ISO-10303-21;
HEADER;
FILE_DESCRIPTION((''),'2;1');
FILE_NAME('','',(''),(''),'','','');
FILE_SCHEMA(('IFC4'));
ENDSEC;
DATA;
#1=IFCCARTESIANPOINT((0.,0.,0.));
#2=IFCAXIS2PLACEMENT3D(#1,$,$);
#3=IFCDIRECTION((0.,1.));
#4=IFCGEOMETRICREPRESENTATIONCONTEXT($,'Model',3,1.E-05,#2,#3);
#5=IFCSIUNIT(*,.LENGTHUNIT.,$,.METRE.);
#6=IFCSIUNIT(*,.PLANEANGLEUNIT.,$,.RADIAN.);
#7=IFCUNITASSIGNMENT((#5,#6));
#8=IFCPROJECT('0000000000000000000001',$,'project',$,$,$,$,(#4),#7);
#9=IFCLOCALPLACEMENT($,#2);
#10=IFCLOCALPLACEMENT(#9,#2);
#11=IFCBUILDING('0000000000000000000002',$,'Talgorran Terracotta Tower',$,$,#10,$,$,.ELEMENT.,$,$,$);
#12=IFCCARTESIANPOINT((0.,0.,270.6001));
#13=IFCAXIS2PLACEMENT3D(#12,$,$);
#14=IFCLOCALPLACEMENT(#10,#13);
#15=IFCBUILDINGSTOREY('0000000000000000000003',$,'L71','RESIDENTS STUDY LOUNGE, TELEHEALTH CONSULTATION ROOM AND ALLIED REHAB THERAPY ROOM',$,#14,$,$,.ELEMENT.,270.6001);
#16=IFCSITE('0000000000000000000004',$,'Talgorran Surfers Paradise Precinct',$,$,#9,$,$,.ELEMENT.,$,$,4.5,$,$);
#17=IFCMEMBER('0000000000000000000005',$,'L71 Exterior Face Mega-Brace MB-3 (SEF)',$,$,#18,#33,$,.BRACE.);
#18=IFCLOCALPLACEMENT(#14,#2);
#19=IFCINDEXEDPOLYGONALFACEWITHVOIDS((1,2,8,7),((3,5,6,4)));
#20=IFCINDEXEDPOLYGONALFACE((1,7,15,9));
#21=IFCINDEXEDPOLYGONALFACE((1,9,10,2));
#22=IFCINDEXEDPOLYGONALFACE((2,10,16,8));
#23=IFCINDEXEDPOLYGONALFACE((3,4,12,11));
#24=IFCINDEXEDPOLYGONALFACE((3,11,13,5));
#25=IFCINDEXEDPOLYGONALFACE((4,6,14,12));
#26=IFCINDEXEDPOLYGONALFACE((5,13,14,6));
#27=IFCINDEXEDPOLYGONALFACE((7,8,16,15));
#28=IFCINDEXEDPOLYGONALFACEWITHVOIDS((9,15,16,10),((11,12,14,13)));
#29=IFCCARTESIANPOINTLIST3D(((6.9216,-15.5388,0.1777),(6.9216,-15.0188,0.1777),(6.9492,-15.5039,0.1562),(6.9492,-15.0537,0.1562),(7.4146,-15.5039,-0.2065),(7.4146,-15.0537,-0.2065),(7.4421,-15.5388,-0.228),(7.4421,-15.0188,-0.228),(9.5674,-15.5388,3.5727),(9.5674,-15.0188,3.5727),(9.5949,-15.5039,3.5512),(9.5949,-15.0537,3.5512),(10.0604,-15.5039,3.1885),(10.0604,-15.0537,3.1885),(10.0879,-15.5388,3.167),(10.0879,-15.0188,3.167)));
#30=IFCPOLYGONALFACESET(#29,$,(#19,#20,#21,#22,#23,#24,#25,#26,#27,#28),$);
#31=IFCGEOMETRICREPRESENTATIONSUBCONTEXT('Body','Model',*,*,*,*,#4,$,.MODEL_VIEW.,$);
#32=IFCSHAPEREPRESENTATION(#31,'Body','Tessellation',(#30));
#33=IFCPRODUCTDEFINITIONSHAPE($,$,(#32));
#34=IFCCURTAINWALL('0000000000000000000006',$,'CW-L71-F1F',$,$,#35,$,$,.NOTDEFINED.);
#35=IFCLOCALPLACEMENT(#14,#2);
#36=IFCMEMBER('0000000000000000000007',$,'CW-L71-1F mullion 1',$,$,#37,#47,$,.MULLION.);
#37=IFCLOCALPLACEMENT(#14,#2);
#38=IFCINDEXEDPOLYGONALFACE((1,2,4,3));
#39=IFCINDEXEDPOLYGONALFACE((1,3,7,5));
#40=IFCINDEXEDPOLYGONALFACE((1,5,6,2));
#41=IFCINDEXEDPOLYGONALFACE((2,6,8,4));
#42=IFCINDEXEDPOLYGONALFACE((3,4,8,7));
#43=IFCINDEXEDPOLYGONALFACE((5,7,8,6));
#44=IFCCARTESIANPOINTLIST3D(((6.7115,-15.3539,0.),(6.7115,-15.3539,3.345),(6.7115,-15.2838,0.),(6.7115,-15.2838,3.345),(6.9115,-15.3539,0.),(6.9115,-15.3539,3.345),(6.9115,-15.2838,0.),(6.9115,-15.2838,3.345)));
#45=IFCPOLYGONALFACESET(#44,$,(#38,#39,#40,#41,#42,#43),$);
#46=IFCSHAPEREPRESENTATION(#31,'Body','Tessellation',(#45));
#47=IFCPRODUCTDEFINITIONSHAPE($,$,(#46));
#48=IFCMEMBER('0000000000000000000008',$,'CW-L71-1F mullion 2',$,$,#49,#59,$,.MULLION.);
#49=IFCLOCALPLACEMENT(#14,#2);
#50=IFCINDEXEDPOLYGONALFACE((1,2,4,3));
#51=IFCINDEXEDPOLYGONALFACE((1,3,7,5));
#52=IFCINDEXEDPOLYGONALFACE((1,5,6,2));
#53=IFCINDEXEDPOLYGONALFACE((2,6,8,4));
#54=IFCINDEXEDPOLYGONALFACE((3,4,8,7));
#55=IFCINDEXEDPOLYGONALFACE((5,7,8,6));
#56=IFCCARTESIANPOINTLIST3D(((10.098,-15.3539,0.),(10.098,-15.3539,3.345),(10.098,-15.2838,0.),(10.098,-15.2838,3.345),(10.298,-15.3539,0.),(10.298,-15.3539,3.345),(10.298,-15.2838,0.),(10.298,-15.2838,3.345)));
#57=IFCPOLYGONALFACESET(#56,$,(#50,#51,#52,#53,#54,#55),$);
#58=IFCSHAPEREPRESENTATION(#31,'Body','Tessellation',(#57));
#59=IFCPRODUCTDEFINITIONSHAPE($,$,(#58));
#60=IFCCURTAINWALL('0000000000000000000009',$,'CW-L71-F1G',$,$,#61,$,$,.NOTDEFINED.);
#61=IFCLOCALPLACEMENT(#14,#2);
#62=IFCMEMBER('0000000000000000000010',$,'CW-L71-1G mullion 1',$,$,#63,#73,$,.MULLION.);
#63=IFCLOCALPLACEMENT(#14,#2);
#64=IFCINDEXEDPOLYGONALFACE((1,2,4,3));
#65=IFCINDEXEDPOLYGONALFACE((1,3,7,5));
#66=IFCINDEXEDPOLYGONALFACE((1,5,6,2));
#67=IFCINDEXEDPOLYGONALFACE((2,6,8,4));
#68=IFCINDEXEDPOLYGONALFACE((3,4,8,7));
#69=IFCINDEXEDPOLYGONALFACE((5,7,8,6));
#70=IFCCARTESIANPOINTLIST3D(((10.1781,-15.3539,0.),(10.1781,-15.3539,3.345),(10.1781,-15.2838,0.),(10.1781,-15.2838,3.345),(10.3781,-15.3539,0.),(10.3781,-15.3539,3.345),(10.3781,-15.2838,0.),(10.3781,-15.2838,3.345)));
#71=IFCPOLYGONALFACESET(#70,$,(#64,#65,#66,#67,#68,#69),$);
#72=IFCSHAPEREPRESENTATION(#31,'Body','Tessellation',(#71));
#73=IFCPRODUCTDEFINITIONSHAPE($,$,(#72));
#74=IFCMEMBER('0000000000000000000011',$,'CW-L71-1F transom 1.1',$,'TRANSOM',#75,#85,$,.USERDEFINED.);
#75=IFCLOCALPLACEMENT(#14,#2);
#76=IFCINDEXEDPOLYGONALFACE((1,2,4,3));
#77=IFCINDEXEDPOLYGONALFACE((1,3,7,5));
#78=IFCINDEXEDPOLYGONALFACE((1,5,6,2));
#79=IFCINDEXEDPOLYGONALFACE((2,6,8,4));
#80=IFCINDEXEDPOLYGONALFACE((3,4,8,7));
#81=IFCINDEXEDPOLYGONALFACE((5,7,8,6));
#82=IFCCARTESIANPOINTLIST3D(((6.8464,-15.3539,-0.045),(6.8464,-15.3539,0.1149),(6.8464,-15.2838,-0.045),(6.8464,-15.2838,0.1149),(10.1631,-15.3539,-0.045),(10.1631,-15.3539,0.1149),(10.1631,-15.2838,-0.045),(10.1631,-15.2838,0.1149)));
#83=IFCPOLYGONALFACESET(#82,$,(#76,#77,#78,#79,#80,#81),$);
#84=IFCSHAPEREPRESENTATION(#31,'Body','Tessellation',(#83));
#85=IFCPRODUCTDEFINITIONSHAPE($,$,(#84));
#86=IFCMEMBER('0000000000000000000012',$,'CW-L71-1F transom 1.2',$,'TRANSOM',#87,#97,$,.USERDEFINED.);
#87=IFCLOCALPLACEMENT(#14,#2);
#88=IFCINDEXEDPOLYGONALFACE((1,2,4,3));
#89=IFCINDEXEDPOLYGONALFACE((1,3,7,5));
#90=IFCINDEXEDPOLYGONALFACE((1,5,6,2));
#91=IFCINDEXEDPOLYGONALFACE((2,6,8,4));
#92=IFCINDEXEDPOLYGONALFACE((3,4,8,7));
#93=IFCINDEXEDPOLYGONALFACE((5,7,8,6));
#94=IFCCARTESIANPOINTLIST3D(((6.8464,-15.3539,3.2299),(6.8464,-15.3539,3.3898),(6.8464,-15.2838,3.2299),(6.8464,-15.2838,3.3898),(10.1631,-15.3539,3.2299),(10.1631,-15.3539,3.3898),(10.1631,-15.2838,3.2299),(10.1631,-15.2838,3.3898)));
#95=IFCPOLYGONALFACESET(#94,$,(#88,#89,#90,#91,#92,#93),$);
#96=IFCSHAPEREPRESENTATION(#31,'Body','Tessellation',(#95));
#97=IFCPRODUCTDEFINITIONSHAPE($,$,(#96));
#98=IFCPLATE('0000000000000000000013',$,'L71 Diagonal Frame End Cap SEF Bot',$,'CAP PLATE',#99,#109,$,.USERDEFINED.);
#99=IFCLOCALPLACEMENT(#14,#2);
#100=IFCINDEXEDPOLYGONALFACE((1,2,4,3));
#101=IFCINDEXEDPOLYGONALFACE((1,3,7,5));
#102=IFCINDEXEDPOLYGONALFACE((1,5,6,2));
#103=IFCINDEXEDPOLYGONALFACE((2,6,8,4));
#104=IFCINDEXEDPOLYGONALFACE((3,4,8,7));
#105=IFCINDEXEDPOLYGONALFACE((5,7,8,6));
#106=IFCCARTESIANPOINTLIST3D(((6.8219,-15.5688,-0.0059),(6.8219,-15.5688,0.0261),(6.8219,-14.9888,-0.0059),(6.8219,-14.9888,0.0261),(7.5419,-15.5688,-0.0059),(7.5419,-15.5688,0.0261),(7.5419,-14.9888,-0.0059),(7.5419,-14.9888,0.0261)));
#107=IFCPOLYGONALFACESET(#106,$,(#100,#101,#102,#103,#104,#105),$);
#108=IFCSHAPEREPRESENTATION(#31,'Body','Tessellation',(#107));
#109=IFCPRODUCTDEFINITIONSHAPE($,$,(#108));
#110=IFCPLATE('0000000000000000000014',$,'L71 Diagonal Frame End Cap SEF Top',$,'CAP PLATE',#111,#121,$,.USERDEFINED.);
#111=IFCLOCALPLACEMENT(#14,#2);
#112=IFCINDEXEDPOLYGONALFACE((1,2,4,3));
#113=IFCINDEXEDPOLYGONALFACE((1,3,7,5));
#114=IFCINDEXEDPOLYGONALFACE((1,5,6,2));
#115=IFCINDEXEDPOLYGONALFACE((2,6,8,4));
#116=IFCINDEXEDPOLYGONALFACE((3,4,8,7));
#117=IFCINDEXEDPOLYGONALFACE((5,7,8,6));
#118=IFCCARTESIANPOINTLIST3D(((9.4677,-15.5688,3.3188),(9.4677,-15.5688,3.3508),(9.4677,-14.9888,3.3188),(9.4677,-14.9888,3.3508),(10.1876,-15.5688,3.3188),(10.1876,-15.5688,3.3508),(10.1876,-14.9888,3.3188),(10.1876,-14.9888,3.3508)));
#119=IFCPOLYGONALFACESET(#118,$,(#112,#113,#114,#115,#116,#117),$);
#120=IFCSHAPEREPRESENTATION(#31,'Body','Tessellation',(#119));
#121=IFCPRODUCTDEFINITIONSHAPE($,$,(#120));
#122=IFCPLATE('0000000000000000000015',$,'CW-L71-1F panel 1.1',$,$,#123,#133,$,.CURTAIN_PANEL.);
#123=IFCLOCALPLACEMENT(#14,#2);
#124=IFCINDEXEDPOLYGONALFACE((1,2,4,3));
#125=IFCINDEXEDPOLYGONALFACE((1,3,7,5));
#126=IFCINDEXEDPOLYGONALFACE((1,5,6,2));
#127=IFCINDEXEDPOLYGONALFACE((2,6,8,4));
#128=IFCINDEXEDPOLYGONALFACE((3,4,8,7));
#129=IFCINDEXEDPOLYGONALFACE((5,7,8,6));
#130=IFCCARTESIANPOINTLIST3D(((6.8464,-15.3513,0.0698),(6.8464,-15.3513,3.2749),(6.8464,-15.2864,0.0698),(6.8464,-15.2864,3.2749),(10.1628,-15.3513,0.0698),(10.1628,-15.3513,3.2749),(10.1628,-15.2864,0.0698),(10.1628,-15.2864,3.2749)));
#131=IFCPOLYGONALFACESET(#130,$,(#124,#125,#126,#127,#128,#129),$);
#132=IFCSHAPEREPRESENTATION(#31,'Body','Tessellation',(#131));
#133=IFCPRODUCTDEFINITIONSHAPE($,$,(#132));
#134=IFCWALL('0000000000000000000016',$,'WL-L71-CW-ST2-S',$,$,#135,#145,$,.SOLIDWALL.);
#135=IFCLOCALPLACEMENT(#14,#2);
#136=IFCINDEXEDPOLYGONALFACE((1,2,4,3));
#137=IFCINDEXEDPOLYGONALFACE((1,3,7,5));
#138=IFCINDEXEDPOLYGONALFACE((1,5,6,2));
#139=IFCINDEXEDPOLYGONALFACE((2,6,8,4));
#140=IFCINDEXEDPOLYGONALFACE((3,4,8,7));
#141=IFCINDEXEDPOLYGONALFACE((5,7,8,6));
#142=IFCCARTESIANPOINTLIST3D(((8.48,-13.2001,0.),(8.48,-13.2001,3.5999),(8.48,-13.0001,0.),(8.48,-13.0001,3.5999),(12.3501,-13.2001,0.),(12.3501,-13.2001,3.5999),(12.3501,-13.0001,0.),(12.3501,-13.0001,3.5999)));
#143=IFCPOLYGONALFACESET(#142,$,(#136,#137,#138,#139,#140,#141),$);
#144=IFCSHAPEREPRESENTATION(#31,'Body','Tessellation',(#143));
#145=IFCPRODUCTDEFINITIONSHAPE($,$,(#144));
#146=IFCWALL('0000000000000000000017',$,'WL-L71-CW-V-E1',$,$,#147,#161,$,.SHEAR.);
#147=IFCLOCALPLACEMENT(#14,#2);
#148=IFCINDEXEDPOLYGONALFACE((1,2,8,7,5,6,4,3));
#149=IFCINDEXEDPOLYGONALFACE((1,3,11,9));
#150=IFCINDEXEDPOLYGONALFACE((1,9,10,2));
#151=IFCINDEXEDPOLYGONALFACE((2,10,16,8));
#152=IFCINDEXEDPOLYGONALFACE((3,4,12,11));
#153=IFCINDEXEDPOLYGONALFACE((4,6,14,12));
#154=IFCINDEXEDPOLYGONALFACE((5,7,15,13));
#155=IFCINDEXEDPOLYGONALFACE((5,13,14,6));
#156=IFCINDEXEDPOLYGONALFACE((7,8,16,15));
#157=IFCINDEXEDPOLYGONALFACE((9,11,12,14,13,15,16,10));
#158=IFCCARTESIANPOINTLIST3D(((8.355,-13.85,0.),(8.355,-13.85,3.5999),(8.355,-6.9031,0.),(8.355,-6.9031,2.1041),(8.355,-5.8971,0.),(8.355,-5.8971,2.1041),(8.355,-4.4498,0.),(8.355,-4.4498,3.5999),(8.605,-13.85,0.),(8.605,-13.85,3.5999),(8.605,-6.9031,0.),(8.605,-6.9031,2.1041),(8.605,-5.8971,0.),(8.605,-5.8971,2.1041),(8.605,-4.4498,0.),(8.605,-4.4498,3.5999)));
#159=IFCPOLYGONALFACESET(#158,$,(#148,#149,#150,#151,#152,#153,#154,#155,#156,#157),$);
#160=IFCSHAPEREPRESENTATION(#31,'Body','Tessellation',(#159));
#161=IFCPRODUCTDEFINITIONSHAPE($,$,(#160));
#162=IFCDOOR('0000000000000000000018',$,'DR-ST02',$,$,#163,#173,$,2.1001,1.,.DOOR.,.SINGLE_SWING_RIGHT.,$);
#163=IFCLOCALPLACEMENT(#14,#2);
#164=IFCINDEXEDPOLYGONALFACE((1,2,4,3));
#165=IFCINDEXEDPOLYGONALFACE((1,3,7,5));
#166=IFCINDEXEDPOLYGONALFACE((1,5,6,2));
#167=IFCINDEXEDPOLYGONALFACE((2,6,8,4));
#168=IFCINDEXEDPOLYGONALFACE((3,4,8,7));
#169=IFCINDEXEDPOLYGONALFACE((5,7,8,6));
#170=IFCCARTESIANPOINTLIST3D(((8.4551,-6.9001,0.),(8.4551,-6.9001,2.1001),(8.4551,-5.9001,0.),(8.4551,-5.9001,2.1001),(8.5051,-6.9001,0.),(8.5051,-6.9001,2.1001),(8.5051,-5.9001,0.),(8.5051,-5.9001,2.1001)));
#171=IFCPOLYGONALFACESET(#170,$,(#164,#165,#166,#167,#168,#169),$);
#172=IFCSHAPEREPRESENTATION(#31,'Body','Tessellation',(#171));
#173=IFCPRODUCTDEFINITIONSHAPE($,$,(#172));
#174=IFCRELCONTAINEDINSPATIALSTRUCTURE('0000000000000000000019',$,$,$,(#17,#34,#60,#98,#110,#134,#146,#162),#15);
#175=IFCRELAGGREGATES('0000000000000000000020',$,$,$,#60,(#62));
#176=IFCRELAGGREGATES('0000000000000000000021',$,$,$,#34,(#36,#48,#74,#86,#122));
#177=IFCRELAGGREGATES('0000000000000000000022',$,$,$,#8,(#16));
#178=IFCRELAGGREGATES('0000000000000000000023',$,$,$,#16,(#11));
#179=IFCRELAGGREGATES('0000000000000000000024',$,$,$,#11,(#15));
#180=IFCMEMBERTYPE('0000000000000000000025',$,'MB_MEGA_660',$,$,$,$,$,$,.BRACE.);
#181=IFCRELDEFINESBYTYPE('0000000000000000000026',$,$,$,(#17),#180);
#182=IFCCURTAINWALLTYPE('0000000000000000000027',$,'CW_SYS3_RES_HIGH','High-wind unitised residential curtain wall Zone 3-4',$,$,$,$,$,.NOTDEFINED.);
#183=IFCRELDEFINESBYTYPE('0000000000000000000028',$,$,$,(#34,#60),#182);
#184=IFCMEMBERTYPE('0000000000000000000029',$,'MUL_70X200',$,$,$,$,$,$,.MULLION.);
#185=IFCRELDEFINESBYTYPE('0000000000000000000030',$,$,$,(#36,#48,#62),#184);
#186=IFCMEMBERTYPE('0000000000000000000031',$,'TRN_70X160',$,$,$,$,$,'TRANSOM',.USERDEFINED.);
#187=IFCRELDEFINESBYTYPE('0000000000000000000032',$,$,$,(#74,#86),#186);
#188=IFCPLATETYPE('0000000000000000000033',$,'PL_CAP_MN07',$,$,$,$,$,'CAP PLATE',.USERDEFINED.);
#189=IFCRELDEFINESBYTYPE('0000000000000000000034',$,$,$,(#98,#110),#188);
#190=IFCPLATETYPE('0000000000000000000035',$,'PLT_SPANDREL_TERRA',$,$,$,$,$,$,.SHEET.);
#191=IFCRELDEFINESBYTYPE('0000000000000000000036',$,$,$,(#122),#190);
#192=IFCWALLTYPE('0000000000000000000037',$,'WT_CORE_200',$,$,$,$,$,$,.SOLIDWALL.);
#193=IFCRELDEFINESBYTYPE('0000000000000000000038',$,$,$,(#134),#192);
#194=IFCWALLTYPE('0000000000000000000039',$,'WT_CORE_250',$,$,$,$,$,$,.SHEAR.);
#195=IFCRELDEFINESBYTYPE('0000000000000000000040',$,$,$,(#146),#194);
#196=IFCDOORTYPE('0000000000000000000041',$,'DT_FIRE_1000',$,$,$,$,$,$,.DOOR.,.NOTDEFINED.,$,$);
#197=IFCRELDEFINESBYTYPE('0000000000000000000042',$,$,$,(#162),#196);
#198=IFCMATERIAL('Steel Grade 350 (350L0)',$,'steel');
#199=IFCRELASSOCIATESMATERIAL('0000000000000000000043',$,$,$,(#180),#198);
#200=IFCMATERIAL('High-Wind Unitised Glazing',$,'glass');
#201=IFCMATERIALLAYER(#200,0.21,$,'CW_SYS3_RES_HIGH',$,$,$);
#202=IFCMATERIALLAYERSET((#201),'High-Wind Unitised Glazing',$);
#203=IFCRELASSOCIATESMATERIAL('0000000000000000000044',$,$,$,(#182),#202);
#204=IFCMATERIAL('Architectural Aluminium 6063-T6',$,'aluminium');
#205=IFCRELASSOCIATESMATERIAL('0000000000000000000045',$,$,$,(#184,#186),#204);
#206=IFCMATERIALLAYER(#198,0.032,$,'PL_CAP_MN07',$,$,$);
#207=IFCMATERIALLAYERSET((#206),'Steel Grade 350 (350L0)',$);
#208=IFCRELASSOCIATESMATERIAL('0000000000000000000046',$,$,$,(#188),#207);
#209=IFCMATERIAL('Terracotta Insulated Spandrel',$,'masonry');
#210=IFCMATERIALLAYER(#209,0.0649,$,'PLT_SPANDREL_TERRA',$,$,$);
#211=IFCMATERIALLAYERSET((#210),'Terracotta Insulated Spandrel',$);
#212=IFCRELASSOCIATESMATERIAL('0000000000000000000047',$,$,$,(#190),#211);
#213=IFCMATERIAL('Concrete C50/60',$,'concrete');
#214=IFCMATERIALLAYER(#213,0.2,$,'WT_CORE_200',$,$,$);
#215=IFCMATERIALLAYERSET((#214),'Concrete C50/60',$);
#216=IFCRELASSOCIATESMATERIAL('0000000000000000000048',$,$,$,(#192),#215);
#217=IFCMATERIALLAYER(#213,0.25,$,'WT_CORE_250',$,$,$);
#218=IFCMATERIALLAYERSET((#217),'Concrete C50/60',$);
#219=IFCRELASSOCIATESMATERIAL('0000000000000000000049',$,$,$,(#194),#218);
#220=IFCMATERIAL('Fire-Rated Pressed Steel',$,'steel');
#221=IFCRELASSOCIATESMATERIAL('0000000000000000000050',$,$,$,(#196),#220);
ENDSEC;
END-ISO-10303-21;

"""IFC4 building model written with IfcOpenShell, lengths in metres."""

from ifc_helpers import new_model, si_unit, direction, frame, frame_2d, origin, origin_2d, place, context, subcontext, project, spatial, rectangle, hollow_rectangle, extrude, source, transform, mapped, material, layer, layer_set, material_profile, profile_set, type_object, type_shapes, element, fill, aggregate, save


model = new_model("IFC4")

# Units and contexts
model_context = context("Model", 3, precision=1e-05, world=origin(), true_north=direction((0.0, 1.0)))
body_context = subcontext(model_context, "Body", "Model", "MODEL_VIEW")
ifc_project = project(units=[si_unit("LENGTHUNIT", "METRE"), si_unit("PLANEANGLEUNIT", "RADIAN")], contexts=[model_context])

# Site, building, storey
site_placement = place(None, origin())
site = spatial("IfcSite", under=ifc_project, at=site_placement, Name="Talgorran Surfers Paradise Precinct", CompositionType="ELEMENT", RefElevation=4.5)
building_placement = place(site_placement, origin())
building = spatial("IfcBuilding", under=site, at=building_placement, Name="Talgorran Terracotta Tower", CompositionType="ELEMENT")
storey_placement = place(building_placement, frame((0.0, 0.0, 270.6001)))
storey = spatial("IfcBuildingStorey", under=building, at=storey_placement, Name="L71", Description="RESIDENTS STUDY LOUNGE, TELEHEALTH CONSULTATION ROOM AND ALLIED REHAB THERAPY ROOM", CompositionType="ELEMENT", Elevation=270.6001)

# Member
ifc_material_1 = material(Name="Steel Grade 350 (350L0)", Category="steel")
ifc_material_profile_1 = material_profile(ifc_material_1, hollow_rectangle(XDim=0.52, YDim=0.6599, WallThickness=0.0349, at=origin_2d()), Name="WBOX660X520X35")
ifc_profile_set_1 = profile_set([ifc_material_profile_1], Name="Steel Grade 350 (350L0)")
member_type_1 = type_object("IfcMemberType", Name="MB_MEGA_660", PredefinedType="BRACE", material=ifc_profile_set_1)
member_1_placement = place(storey_placement, frame((7.1819, -15.2788, -0.0251), z_axis=(0.61469, 0.0, 0.788769), x_axis=(0.0, 1.0, 0.0)))
element("IfcMember", 1, at=member_1_placement, inside=storey, type_object=member_type_1, Name="L71 Exterior Face Mega-Brace MB-3 (SEF)", PredefinedType="BRACE", context=body_context, shape_type="SweptSolid", body=[
    extrude(hollow_rectangle(XDim=0.52, YDim=0.6599, WallThickness=0.0349, at=origin_2d()), origin(), (0.0, 0.0, 1.0), 4.3042),
])

# Curtain wall, members
ifc_material_2 = material(Name="High-Wind Unitised Glazing", Category="glass")
ifc_layer_1 = layer(ifc_material_2, 0.21, Name="CW_SYS3_RES_HIGH")
ifc_layer_set_1 = layer_set([ifc_layer_1], Name="High-Wind Unitised Glazing")
curtain_wall_type = type_object("IfcCurtainWallType", Name="CW_SYS3_RES_HIGH", Description="High-wind unitised residential curtain wall Zone 3-4", PredefinedType="NOTDEFINED", material=ifc_layer_set_1)
curtain_wall_1_placement = place(storey_placement, origin())
curtain_wall_1 = element("IfcCurtainWall", 2, at=curtain_wall_1_placement, inside=storey, type_object=curtain_wall_type, Name="CW-L71-F1F", PredefinedType="NOTDEFINED")
ifc_material_3 = material(Name="Architectural Aluminium 6063-T6", Category="aluminium")
ifc_material_profile_2 = material_profile(ifc_material_3, rectangle(XDim=0.0701, YDim=0.2, at=origin_2d()), Name="CWM70X200")
ifc_profile_set_2 = profile_set([ifc_material_profile_2], Name="Architectural Aluminium 6063-T6")
member_type_2 = type_object("IfcMemberType", Name="MUL_70X200", PredefinedType="MULLION", material=ifc_profile_set_2)
member_2_placement = place(storey_placement, frame((6.8115, -15.3188, 0.0), z_axis=(0.0, 0.0, 1.0), x_axis=(0.0, 1.0, 0.0)))
member_2 = element("IfcMember", 3, at=member_2_placement, type_object=member_type_2, Name="CW-L71-1F mullion 1", PredefinedType="MULLION", context=body_context, shape_type="SweptSolid", body=[
    extrude(rectangle(XDim=0.0701, YDim=0.2, at=origin_2d()), origin(), (0.0, 0.0, 1.0), 3.345),
])
member_3_placement = place(storey_placement, frame((10.198, -15.3188, 0.0), z_axis=(0.0, 0.0, 1.0), x_axis=(0.0, 1.0, 0.0)))
member_3 = element("IfcMember", 4, at=member_3_placement, type_object=member_type_2, Name="CW-L71-1F mullion 2", PredefinedType="MULLION", context=body_context, shape_type="SweptSolid", body=[
    extrude(rectangle(XDim=0.0701, YDim=0.2, at=origin_2d()), origin(), (0.0, 0.0, 1.0), 3.345),
])

# Curtain wall, member
curtain_wall_2_placement = place(storey_placement, origin())
curtain_wall_2 = element("IfcCurtainWall", 5, at=curtain_wall_2_placement, inside=storey, type_object=curtain_wall_type, Name="CW-L71-F1G", PredefinedType="NOTDEFINED")
member_4_placement = place(storey_placement, frame((10.2781, -15.3188, 0.0), z_axis=(0.0, 0.0, 1.0), x_axis=(0.0, 1.0, 0.0)))
member_4 = element("IfcMember", 6, at=member_4_placement, type_object=member_type_2, Name="CW-L71-1G mullion 1", PredefinedType="MULLION", context=body_context, shape_type="SweptSolid", body=[
    extrude(rectangle(XDim=0.0701, YDim=0.2, at=origin_2d()), origin(), (0.0, 0.0, 1.0), 3.345),
])
aggregate(curtain_wall_2, [member_4])

# Members
ifc_material_profile_3 = material_profile(ifc_material_3, rectangle(XDim=0.0701, YDim=0.1599, at=origin_2d()), Name="CWT70X160")
ifc_profile_set_3 = profile_set([ifc_material_profile_3], Name="Architectural Aluminium 6063-T6")
member_type_3 = type_object("IfcMemberType", Name="TRN_70X160", ElementType="TRANSOM", PredefinedType="USERDEFINED", material=ifc_profile_set_3)
member_5_placement = place(storey_placement, frame((6.8464, -15.3188, 0.0349), z_axis=(1.0, 0.0, 0.0), x_axis=(0.0, 1.0, 0.0)))
member_5 = element("IfcMember", 7, at=member_5_placement, type_object=member_type_3, Name="CW-L71-1F transom 1.1", ObjectType="TRANSOM", PredefinedType="USERDEFINED", context=body_context, shape_type="SweptSolid", body=[
    extrude(rectangle(XDim=0.0701, YDim=0.1599, at=origin_2d()), origin(), (0.0, 0.0, 1.0), 3.3167),
])
member_6_placement = place(storey_placement, frame((6.8464, -15.3188, 3.3098), z_axis=(1.0, 0.0, 0.0), x_axis=(0.0, 1.0, 0.0)))
member_6 = element("IfcMember", 8, at=member_6_placement, type_object=member_type_3, Name="CW-L71-1F transom 1.2", ObjectType="TRANSOM", PredefinedType="USERDEFINED", context=body_context, shape_type="SweptSolid", body=[
    extrude(rectangle(XDim=0.0701, YDim=0.1599, at=origin_2d()), origin(), (0.0, 0.0, 1.0), 3.3167),
])

# Plates
ifc_layer_2 = layer(ifc_material_1, 0.032, Name="PL_CAP_MN07")
ifc_layer_set_2 = layer_set([ifc_layer_2], Name="Steel Grade 350 (350L0)")
plate_type_1 = type_object("IfcPlateType", Name="PL_CAP_MN07", ElementType="CAP PLATE", PredefinedType="USERDEFINED", material=ifc_layer_set_2)
for number, where, z_axis, x_axis, name in (
    (9, (7.1819, -15.2788, -0.0059), (0.0, 0.0, 1.0), (1.0, 0.0, 0.0), "L71 Diagonal Frame End Cap SEF Bot"),
    (10, (9.8276, -15.2788, 3.3188), (0.0, 0.0, 1.0), (1.0, 0.0, 0.0), "L71 Diagonal Frame End Cap SEF Top"),
):
    element("IfcPlate", number, at=place(storey_placement, frame(where, z_axis=z_axis, x_axis=x_axis)), inside=storey, type_object=plate_type_1, Name=name, ObjectType="CAP PLATE", PredefinedType="USERDEFINED", context=body_context, shape_type="SweptSolid", body=[
        extrude(rectangle(XDim=0.72, YDim=0.5801, at=origin_2d()), origin(), (0.0, 0.0, 1.0), 0.032),
    ])

# Plate
ifc_material_4 = material(Name="Terracotta Insulated Spandrel", Category="masonry")
ifc_layer_3 = layer(ifc_material_4, 0.0649, Name="PLT_SPANDREL_TERRA")
ifc_layer_set_3 = layer_set([ifc_layer_3], Name="Terracotta Insulated Spandrel")
plate_type_2 = type_object("IfcPlateType", Name="PLT_SPANDREL_TERRA", PredefinedType="SHEET", material=ifc_layer_set_3)
shared_shape = source(origin(), body_context, "Body", "SweptSolid", [
    extrude(rectangle(XDim=3.3164, YDim=0.0649, at=origin_2d()), origin(), (0.0, 0.0, 1.0), 3.2051),
])
type_shapes(plate_type_2, [shared_shape])
plate_placement = place(storey_placement, frame((8.5046, -15.3188, 0.0698), z_axis=(0.0, 0.0, 1.0), x_axis=(1.0, 0.0, 0.0)))
plate = element("IfcPlate", 11, at=plate_placement, type_object=plate_type_2, Name="CW-L71-1F panel 1.1", PredefinedType="CURTAIN_PANEL", context=body_context, shape_type="MappedRepresentation", body=[
    mapped(shared_shape, transform((0.0, 0.0, 0.0), scale=1.0)),
])
aggregate(curtain_wall_1, [member_2, member_3, member_5, member_6, plate])

# Wall
ifc_material_5 = material(Name="Concrete C50/60", Category="concrete")
ifc_layer_4 = layer(ifc_material_5, 0.2, Name="WT_CORE_200")
ifc_layer_set_4 = layer_set([ifc_layer_4], Name="Concrete C50/60")
wall_type_1 = type_object("IfcWallType", Name="WT_CORE_200", PredefinedType="SOLIDWALL", material=ifc_layer_set_4)
wall_1_placement = place(storey_placement, frame((8.48, -13.1001, 0.0), z_axis=(0.0, 0.0, 1.0), x_axis=(1.0, 0.0, 0.0)))
element("IfcWall", 12, at=wall_1_placement, inside=storey, type_object=wall_type_1, Name="WL-L71-CW-ST2-S", PredefinedType="SOLIDWALL", context=body_context, shape_type="SweptSolid", body=[
    extrude(rectangle(XDim=3.8701, YDim=0.2, at=frame_2d((1.9351, 0.0))), origin(), (0.0, 0.0, 1.0), 3.5999),
])

# Wall, opening, door
ifc_layer_5 = layer(ifc_material_5, 0.25, Name="WT_CORE_250")
ifc_layer_set_5 = layer_set([ifc_layer_5], Name="Concrete C50/60")
wall_type_2 = type_object("IfcWallType", Name="WT_CORE_250", PredefinedType="SHEAR", material=ifc_layer_set_5)
wall_2_placement = place(storey_placement, frame((8.48, -13.8501, 0.0), z_axis=(0.0, 0.0, 1.0), x_axis=(0.0, 1.0, 0.0)))
wall_2 = element("IfcWall", 13, at=wall_2_placement, inside=storey, type_object=wall_type_2, Name="WL-L71-CW-V-E1", PredefinedType="SHEAR", context=body_context, shape_type="SweptSolid", body=[
    extrude(rectangle(XDim=9.4001, YDim=0.25, at=frame_2d((4.7002, 0.0))), origin(), (0.0, 0.0, 1.0), 3.5999),
])
opening_placement = place(wall_2_placement, frame((6.95, 0.0, 0.0)))
opening = element("IfcOpeningElement", 14, at=opening_placement, cuts=wall_2, PredefinedType="OPENING", context=body_context, shape_type="SweptSolid", body=[
    extrude(rectangle(XDim=1.006, YDim=2.1041, at=frame_2d((0.5, 1.052))), frame((0.0, 0.135, 0.0), z_axis=(0.0, -1.0, 0.0), x_axis=(1.0, 0.0, 0.0)), (0.0, 0.0, 1.0), 0.27),
])
ifc_material_6 = material(Name="Fire-Rated Pressed Steel", Category="steel")
door_type = type_object("IfcDoorType", Name="DT_FIRE_1000", OperationType="NOTDEFINED", PredefinedType="DOOR", material=ifc_material_6)
door_placement = place(opening_placement, origin())
door = element("IfcDoor", 15, at=door_placement, inside=storey, type_object=door_type, Name="DR-ST02", OperationType="SINGLE_SWING_RIGHT", OverallHeight=2.1001, OverallWidth=1.0, PredefinedType="DOOR", context=body_context, shape_type="SweptSolid", body=[
    extrude(rectangle(XDim=1.0, YDim=2.1001, at=frame_2d((0.5, 1.05))), frame((0.0, 0.0249, 0.0), z_axis=(0.0, -1.0, 0.0), x_axis=(1.0, 0.0, 0.0)), (0.0, 0.0, 1.0), 0.05),
])
fill(opening, door)

save(model, "model.ifc")
